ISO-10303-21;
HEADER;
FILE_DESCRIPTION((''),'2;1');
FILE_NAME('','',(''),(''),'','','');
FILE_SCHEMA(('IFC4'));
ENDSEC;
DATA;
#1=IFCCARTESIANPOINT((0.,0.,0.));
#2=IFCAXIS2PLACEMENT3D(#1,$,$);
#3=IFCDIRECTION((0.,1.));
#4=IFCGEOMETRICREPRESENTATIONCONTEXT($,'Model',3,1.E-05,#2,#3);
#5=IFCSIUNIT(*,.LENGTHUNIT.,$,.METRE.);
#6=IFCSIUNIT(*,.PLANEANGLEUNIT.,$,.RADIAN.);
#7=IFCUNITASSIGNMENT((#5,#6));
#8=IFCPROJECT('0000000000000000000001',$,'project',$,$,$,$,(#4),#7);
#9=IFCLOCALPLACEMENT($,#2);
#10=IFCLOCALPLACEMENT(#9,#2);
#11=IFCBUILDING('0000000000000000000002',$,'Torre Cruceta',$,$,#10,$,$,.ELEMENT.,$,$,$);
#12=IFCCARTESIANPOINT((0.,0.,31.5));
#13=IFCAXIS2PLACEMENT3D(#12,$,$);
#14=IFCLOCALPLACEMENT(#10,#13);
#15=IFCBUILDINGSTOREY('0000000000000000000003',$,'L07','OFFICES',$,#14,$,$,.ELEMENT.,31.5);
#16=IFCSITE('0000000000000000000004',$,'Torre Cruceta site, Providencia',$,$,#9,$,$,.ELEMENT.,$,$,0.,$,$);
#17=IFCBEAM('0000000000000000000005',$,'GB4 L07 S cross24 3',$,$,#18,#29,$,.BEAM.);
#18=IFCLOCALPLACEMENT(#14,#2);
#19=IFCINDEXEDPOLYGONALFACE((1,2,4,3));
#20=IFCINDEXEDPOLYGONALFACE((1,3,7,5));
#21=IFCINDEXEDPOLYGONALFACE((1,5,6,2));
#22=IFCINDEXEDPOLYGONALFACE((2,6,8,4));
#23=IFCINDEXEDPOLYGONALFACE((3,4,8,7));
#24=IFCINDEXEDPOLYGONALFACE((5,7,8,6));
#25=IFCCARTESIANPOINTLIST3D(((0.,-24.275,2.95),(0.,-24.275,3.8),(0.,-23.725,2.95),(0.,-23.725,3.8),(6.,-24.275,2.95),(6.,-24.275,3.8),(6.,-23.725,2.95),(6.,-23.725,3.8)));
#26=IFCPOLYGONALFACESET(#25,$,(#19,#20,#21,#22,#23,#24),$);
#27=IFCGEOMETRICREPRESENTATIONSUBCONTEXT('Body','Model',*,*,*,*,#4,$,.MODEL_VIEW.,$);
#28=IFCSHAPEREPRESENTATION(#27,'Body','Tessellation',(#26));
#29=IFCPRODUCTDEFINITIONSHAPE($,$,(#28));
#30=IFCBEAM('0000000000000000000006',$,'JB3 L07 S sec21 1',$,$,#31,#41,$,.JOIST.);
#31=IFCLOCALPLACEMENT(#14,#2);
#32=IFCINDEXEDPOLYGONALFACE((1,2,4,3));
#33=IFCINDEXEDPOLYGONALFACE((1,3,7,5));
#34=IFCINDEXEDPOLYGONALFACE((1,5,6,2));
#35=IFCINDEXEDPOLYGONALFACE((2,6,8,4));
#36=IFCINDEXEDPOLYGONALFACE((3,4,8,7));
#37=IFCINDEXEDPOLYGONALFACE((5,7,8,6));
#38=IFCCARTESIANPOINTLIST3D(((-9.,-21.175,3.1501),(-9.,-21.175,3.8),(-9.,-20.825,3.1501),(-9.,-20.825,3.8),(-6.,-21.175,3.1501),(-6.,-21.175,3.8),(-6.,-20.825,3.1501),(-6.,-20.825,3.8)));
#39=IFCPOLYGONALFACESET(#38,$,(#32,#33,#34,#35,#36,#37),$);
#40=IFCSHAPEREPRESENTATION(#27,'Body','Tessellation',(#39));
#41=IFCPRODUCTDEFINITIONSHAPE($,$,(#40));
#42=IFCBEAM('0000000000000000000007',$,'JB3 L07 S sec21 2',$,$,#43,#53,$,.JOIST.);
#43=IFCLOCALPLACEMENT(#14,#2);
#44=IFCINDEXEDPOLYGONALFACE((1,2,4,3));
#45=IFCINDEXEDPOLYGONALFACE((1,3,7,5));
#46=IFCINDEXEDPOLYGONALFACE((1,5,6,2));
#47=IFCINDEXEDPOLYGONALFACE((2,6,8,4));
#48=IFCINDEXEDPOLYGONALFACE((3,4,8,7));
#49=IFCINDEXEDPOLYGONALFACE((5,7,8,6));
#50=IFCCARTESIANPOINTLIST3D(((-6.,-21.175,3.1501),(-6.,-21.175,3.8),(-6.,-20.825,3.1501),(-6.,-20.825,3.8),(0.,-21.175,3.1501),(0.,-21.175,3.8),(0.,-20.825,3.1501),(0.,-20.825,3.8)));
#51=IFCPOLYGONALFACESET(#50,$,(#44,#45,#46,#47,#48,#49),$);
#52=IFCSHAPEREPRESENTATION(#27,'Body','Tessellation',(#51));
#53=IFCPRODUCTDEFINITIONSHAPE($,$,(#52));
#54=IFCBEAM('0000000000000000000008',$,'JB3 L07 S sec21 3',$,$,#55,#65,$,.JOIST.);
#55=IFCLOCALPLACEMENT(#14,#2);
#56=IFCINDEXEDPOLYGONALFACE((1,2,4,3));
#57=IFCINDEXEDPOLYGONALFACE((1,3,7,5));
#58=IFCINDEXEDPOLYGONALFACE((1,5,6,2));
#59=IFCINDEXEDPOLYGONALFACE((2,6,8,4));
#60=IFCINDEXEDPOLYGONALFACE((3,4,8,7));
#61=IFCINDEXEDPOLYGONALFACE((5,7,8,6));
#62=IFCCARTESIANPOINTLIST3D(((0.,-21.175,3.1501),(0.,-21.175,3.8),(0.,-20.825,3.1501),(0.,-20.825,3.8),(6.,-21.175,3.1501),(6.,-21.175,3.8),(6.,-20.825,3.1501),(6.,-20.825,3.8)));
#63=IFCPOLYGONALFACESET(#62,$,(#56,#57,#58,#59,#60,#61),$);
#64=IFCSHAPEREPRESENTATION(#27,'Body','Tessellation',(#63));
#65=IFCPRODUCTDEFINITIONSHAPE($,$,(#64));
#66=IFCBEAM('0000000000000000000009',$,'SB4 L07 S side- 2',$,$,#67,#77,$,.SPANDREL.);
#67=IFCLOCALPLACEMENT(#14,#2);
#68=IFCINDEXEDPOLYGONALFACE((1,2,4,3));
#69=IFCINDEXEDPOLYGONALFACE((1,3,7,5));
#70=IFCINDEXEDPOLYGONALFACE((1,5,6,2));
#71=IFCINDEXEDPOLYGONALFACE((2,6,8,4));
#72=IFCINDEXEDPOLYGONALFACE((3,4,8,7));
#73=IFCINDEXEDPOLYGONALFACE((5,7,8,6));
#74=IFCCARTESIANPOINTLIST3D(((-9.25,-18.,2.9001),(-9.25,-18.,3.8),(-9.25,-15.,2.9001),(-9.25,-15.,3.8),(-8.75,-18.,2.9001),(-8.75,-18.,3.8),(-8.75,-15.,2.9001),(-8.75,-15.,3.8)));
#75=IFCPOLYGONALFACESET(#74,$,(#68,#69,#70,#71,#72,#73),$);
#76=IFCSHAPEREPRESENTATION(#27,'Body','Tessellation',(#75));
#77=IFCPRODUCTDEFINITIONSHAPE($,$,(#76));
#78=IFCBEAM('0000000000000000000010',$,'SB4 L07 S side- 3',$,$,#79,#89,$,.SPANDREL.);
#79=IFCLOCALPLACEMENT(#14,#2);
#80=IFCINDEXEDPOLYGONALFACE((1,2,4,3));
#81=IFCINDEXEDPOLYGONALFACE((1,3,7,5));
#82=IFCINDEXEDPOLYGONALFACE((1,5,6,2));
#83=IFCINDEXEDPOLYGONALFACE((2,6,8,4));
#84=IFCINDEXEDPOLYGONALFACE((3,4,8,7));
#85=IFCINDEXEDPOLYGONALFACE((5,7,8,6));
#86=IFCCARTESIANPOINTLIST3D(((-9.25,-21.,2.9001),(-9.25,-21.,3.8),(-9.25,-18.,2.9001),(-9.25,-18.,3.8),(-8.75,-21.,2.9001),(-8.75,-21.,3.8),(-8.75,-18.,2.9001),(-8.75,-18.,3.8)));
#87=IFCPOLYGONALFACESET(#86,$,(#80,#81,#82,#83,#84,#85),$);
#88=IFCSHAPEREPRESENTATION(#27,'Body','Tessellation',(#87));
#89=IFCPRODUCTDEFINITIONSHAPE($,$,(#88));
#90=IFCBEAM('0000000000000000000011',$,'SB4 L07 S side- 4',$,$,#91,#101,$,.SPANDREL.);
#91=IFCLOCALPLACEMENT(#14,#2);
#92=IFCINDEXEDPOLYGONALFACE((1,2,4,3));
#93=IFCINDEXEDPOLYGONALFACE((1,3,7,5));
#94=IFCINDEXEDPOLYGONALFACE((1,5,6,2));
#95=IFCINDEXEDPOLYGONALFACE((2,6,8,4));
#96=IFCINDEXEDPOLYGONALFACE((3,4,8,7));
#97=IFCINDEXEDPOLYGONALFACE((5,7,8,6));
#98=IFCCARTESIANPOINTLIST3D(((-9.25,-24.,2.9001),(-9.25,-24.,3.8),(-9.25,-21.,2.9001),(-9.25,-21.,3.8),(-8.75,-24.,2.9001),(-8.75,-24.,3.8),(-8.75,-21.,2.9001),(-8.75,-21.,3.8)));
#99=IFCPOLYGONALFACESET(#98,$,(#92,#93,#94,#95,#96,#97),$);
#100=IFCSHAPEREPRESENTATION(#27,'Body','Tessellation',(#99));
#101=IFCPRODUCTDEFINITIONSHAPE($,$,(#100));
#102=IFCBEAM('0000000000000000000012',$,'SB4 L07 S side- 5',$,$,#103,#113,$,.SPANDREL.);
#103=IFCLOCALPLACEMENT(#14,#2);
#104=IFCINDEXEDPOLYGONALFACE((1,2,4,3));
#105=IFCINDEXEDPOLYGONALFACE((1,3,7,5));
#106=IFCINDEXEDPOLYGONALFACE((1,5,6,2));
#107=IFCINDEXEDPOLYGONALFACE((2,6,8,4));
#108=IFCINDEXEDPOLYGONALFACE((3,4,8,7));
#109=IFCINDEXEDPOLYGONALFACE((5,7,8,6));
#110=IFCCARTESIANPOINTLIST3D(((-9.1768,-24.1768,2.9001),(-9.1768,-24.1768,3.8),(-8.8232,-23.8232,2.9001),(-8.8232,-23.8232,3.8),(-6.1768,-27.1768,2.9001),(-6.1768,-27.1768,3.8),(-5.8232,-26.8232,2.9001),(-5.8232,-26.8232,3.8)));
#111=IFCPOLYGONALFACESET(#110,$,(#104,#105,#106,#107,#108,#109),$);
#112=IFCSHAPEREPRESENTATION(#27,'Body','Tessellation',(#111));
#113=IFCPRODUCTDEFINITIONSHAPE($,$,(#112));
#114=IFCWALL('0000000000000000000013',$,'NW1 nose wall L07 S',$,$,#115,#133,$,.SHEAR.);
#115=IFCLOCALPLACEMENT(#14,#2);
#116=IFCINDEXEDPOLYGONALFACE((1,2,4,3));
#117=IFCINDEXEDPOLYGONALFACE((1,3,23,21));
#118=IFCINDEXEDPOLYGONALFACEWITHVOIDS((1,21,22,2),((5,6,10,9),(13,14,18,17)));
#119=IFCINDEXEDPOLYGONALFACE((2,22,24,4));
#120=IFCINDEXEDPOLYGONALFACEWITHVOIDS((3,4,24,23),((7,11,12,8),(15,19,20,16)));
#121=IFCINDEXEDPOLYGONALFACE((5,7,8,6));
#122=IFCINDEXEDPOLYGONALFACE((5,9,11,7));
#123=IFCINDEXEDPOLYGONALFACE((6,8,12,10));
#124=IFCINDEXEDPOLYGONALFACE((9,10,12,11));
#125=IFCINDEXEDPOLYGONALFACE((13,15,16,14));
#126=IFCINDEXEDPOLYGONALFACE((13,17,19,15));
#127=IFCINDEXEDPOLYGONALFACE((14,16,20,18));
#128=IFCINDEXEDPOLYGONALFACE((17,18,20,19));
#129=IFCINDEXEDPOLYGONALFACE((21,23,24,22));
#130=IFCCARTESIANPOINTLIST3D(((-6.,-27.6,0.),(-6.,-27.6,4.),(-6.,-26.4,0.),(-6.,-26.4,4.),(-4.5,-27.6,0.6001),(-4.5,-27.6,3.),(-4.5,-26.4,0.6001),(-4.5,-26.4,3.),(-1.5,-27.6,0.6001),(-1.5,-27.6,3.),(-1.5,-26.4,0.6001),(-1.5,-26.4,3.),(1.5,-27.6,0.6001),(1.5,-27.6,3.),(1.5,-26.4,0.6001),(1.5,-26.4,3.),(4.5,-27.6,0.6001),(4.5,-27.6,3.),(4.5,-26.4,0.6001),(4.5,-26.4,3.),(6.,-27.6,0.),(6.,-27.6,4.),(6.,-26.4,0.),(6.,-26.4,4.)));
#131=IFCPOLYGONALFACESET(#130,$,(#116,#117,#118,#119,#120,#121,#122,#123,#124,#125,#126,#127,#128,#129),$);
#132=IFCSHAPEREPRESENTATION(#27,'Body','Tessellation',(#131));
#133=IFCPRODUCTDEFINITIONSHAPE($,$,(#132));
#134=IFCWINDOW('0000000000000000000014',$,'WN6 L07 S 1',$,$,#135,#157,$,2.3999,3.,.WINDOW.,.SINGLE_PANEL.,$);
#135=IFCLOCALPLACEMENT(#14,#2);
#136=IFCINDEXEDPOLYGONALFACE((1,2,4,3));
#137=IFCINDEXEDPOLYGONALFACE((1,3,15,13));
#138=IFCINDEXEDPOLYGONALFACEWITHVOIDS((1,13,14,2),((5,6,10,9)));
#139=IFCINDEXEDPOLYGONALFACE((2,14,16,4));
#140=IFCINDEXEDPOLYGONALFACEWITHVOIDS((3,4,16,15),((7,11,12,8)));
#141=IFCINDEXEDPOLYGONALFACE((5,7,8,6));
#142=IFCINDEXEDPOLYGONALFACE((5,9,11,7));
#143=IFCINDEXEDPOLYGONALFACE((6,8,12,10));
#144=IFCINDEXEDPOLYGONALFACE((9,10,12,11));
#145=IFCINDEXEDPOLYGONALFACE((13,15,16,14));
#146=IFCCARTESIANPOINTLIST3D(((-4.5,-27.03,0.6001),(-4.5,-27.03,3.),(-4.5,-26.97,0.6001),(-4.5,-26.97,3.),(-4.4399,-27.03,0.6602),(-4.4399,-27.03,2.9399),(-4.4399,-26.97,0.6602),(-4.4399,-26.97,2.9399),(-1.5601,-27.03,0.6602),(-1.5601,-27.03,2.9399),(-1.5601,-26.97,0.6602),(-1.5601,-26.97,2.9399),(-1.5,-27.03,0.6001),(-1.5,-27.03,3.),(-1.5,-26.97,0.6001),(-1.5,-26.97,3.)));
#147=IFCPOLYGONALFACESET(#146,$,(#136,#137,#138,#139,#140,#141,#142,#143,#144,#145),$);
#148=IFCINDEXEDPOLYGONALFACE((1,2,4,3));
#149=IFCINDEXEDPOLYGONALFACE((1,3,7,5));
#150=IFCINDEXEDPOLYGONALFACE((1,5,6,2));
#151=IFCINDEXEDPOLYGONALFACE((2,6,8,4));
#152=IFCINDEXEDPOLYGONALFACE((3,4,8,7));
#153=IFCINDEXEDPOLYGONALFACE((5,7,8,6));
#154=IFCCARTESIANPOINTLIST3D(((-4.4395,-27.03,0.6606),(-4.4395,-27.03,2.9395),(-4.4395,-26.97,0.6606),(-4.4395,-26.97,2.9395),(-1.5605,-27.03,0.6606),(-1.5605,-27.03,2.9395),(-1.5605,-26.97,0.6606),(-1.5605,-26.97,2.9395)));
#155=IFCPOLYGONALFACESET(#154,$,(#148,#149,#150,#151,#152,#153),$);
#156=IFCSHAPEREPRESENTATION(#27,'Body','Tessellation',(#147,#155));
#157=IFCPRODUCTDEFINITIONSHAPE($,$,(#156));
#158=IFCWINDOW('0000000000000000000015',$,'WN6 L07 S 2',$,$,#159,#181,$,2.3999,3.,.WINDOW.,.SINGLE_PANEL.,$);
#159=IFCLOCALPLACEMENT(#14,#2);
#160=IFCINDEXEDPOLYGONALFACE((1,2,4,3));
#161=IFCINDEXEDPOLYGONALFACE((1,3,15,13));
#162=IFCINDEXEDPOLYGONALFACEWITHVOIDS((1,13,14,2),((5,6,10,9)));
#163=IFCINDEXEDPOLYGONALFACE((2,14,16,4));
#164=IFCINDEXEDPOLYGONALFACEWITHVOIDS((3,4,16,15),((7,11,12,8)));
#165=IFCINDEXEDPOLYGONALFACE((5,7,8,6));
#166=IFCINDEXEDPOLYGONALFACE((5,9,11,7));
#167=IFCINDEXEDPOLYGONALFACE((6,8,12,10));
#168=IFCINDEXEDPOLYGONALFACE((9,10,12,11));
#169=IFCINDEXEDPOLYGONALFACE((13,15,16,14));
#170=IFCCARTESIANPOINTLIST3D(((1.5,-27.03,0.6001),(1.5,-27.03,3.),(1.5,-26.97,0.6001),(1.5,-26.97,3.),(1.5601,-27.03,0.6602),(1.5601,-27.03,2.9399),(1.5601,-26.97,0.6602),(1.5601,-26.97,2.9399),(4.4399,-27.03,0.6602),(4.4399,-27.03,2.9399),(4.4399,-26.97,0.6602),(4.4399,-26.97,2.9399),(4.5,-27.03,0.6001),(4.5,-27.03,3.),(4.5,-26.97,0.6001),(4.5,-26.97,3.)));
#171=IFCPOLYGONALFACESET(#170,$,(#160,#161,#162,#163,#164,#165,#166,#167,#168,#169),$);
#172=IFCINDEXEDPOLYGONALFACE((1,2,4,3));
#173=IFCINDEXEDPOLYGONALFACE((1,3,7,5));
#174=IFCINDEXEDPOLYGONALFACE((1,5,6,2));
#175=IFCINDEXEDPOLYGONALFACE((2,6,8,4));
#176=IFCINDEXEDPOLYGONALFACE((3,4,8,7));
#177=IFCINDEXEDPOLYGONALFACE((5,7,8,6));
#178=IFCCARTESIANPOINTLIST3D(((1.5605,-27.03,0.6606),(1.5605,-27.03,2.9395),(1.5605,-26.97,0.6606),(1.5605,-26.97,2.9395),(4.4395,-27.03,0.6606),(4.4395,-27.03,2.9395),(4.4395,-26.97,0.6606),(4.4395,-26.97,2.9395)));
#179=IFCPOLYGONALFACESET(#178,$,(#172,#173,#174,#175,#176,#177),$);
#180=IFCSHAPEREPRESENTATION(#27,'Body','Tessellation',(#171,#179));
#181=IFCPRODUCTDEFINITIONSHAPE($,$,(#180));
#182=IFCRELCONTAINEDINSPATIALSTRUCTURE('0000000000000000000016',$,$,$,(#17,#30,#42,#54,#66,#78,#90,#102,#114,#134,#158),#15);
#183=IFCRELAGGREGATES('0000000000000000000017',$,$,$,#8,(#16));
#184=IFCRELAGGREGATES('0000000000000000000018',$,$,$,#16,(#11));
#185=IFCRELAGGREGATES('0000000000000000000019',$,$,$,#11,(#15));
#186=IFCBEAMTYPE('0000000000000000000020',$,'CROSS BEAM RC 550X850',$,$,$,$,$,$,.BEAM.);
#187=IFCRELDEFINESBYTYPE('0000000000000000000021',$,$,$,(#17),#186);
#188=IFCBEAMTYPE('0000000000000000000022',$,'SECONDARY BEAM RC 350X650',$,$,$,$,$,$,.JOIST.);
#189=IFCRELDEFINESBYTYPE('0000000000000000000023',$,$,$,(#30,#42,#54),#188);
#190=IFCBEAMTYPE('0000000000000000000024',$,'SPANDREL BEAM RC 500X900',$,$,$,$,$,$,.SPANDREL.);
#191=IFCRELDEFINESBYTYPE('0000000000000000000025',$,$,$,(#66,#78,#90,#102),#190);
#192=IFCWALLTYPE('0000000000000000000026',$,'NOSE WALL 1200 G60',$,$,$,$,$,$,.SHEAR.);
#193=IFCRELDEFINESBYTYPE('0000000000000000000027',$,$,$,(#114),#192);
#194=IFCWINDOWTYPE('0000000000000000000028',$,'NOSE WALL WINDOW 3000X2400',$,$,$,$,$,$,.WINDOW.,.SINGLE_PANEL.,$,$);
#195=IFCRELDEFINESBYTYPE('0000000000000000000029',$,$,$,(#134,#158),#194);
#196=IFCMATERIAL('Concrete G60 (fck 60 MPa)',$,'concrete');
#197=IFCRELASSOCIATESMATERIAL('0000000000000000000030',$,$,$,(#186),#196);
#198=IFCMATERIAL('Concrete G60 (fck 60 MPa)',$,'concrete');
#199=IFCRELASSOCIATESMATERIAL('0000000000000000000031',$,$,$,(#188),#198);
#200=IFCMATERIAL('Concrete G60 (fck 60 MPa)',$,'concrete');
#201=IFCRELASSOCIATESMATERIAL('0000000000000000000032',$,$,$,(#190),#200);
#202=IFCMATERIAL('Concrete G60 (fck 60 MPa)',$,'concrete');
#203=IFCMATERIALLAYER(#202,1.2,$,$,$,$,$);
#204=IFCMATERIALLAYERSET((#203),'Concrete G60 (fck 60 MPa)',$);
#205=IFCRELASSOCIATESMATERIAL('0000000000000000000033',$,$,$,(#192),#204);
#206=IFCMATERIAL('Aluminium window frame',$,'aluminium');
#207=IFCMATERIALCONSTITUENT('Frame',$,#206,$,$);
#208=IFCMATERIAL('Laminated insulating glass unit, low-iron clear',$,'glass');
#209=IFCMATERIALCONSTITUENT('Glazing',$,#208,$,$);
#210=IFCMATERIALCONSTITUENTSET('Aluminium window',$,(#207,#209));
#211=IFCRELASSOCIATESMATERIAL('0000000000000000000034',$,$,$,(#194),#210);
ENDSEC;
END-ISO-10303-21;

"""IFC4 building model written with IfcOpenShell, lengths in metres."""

from ifc_helpers import new_model, si_unit, direction, frame, frame_2d, origin, origin_2d, place, context, subcontext, project, spatial, rectangle, hollow_rectangle, extrude, material, layer, layer_set, constituent, constituent_set, material_profile, profile_set, type_object, element, fill, save


model = new_model("IFC4")

# Units and contexts
model_context = context("Model", 3, precision=1e-05, world=origin(), true_north=direction((0.0, 1.0)))
body_context = subcontext(model_context, "Body", "Model", "MODEL_VIEW")
ifc_project = project(units=[si_unit("LENGTHUNIT", "METRE"), si_unit("PLANEANGLEUNIT", "RADIAN")], contexts=[model_context])

# Site, building, storey
site_placement = place(None, origin())
site = spatial("IfcSite", under=ifc_project, at=site_placement, Name="Torre Cruceta site, Providencia", CompositionType="ELEMENT", RefElevation=0.0)
building_placement = place(site_placement, origin())
building = spatial("IfcBuilding", under=site, at=building_placement, Name="Torre Cruceta", CompositionType="ELEMENT")
storey_placement = place(building_placement, frame((0.0, 0.0, 31.5)))
storey = spatial("IfcBuildingStorey", under=building, at=storey_placement, Name="L07", Description="OFFICES", CompositionType="ELEMENT", Elevation=31.5)

# Beams
ifc_material_1 = material(Name="Concrete G60 (fck 60 MPa)", Category="concrete")
ifc_material_profile_1 = material_profile(ifc_material_1, rectangle(XDim=0.55, YDim=0.8501, at=origin_2d()), Name="RC 550X850")
ifc_profile_set_1 = profile_set([ifc_material_profile_1], Name="Concrete G60 (fck 60 MPa)")
beam_type_1 = type_object("IfcBeamType", Name="CROSS BEAM RC 550X850", PredefinedType="BEAM", material=ifc_profile_set_1)
for number, where, z_axis, x_axis, name in (
    (1, (0.0, -24.0, 3.375), (1.0, 0.0, 0.0), (0.0, 1.0, 0.0), "GB4 L07 S cross24 3"),
):
    element("IfcBeam", number, at=place(storey_placement, frame(where, z_axis=z_axis, x_axis=x_axis)), inside=storey, type_object=beam_type_1, Name=name, PredefinedType="BEAM", context=body_context, shape_type="SweptSolid", body=[
        extrude(rectangle(XDim=0.55, YDim=0.8501, at=origin_2d()), origin(), (0.0, 0.0, 1.0), 6.0),
    ])
ifc_material_2 = material(Name="Concrete G60 (fck 60 MPa)", Category="concrete")
ifc_material_profile_2 = material_profile(ifc_material_2, rectangle(XDim=0.3501, YDim=0.6499, at=origin_2d()), Name="RC 350X650")
ifc_profile_set_2 = profile_set([ifc_material_profile_2], Name="Concrete G60 (fck 60 MPa)")
beam_type_2 = type_object("IfcBeamType", Name="SECONDARY BEAM RC 350X650", PredefinedType="JOIST", material=ifc_profile_set_2)
beam_1_placement = place(storey_placement, frame((-9.0, -21.0, 3.4751), z_axis=(1.0, 0.0, 0.0), x_axis=(0.0, 1.0, 0.0)))
element("IfcBeam", 2, at=beam_1_placement, inside=storey, type_object=beam_type_2, Name="JB3 L07 S sec21 1", PredefinedType="JOIST", context=body_context, shape_type="SweptSolid", body=[
    extrude(rectangle(XDim=0.3501, YDim=0.6499, at=origin_2d()), origin(), (0.0, 0.0, 1.0), 3.0),
])
for number, where, z_axis, x_axis, name in (
    (3, (-6.0, -21.0, 3.4751), (1.0, 0.0, 0.0), (0.0, 1.0, 0.0), "JB3 L07 S sec21 2"),
    (4, (0.0, -21.0, 3.4751), (1.0, 0.0, 0.0), (0.0, 1.0, 0.0), "JB3 L07 S sec21 3"),
):
    element("IfcBeam", number, at=place(storey_placement, frame(where, z_axis=z_axis, x_axis=x_axis)), inside=storey, type_object=beam_type_2, Name=name, PredefinedType="JOIST", context=body_context, shape_type="SweptSolid", body=[
        extrude(rectangle(XDim=0.3501, YDim=0.6499, at=origin_2d()), origin(), (0.0, 0.0, 1.0), 6.0),
    ])
ifc_material_3 = material(Name="Concrete G60 (fck 60 MPa)", Category="concrete")
ifc_material_profile_3 = material_profile(ifc_material_3, rectangle(XDim=0.5, YDim=0.8999, at=origin_2d()), Name="RC 500X900")
ifc_profile_set_3 = profile_set([ifc_material_profile_3], Name="Concrete G60 (fck 60 MPa)")
beam_type_3 = type_object("IfcBeamType", Name="SPANDREL BEAM RC 500X900", PredefinedType="SPANDREL", material=ifc_profile_set_3)
for number, where, z_axis, x_axis, name in (
    (5, (-9.0, -15.0, 3.3501), (0.0, -1.0, 0.0), (1.0, 0.0, 0.0), "SB4 L07 S side- 2"),
    (6, (-9.0, -18.0, 3.3501), (0.0, -1.0, 0.0), (1.0, 0.0, 0.0), "SB4 L07 S side- 3"),
    (7, (-9.0, -21.0, 3.3501), (0.0, -1.0, 0.0), (1.0, 0.0, 0.0), "SB4 L07 S side- 4"),
):
    element("IfcBeam", number, at=place(storey_placement, frame(where, z_axis=z_axis, x_axis=x_axis)), inside=storey, type_object=beam_type_3, Name=name, PredefinedType="SPANDREL", context=body_context, shape_type="SweptSolid", body=[
        extrude(rectangle(XDim=0.5, YDim=0.8999, at=origin_2d()), origin(), (0.0, 0.0, 1.0), 3.0),
    ])
beam_2_placement = place(storey_placement, frame((-9.0, -24.0, 3.3501), z_axis=(0.707107, -0.707107, 0.0), x_axis=(0.707107, 0.707107, 0.0)))
element("IfcBeam", 8, at=beam_2_placement, inside=storey, type_object=beam_type_3, Name="SB4 L07 S side- 5", PredefinedType="SPANDREL", context=body_context, shape_type="SweptSolid", body=[
    extrude(rectangle(XDim=0.5, YDim=0.8999, at=origin_2d()), origin(), (0.0, 0.0, 1.0), 4.2427),
])

# Wall, openings, windows
ifc_material_4 = material(Name="Concrete G60 (fck 60 MPa)", Category="concrete")
ifc_layer_1 = layer(ifc_material_4, 1.2)
ifc_layer_set_1 = layer_set([ifc_layer_1], Name="Concrete G60 (fck 60 MPa)")
wall_type_1 = type_object("IfcWallType", Name="NOSE WALL 1200 G60", PredefinedType="SHEAR", material=ifc_layer_set_1)
wall_1_placement = place(storey_placement, frame((-6.0, -27.0, 0.0), z_axis=(0.0, 0.0, 1.0), x_axis=(1.0, 0.0, 0.0)))
wall_1 = element("IfcWall", 9, at=wall_1_placement, inside=storey, type_object=wall_type_1, Name="NW1 nose wall L07 S", PredefinedType="SHEAR", context=body_context, shape_type="SweptSolid", body=[
    extrude(rectangle(XDim=12.0, YDim=1.2, at=frame_2d((6.0, 0.0))), origin(), (0.0, 0.0, 1.0), 4.0),
])
opening_1_placement = place(wall_1_placement, frame((1.5, 0.0, 0.6001)))
opening_1 = element("IfcOpeningElement", 10, at=opening_1_placement, cuts=wall_1, PredefinedType="OPENING", context=body_context, shape_type="SweptSolid", body=[
    extrude(rectangle(XDim=3.0, YDim=2.3999, at=frame_2d((1.5, 1.2))), frame((0.0, 0.6099, 0.0), z_axis=(0.0, -1.0, 0.0), x_axis=(1.0, 0.0, 0.0)), (0.0, 0.0, 1.0), 1.22),
])
opening_2_placement = place(wall_1_placement, frame((7.5, 0.0, 0.6001)))
opening_2 = element("IfcOpeningElement", 11, at=opening_2_placement, cuts=wall_1, PredefinedType="OPENING", context=body_context, shape_type="SweptSolid", body=[
    extrude(rectangle(XDim=3.0, YDim=2.3999, at=frame_2d((1.5, 1.2))), frame((0.0, 0.6099, 0.0), z_axis=(0.0, -1.0, 0.0), x_axis=(1.0, 0.0, 0.0)), (0.0, 0.0, 1.0), 1.22),
])
ifc_material_5 = material(Name="Aluminium window frame", Category="aluminium")
ifc_constituent_1 = constituent(ifc_material_5, Name="Frame")
ifc_material_6 = material(Name="Laminated insulating glass unit, low-iron clear", Category="glass")
ifc_constituent_2 = constituent(ifc_material_6, Name="Glazing")
ifc_constituent_set_1 = constituent_set(constituents=[ifc_constituent_1, ifc_constituent_2], Name="Aluminium window")
window_type = type_object("IfcWindowType", Name="NOSE WALL WINDOW 3000X2400", PartitioningType="SINGLE_PANEL", PredefinedType="WINDOW", material=ifc_constituent_set_1)
window_1_placement = place(opening_1_placement, origin())
window_1 = element("IfcWindow", 12, at=window_1_placement, inside=storey, type_object=window_type, Name="WN6 L07 S 1", OverallHeight=2.3999, OverallWidth=3.0, PartitioningType="SINGLE_PANEL", PredefinedType="WINDOW", context=body_context, shape_type="SweptSolid", body=[
    extrude(hollow_rectangle(XDim=3.0, YDim=2.3999, WallThickness=0.0601, at=frame_2d((1.5, 1.2))), frame((0.0, 0.03, 0.0), z_axis=(0.0, -1.0, 0.0), x_axis=(1.0, 0.0, 0.0)), (0.0, 0.0, 1.0), 0.0601),
    extrude(rectangle(XDim=2.8789, YDim=2.2788, at=frame_2d((1.5, 1.2))), frame((0.0, 0.03, 0.0), z_axis=(0.0, -1.0, 0.0), x_axis=(1.0, 0.0, 0.0)), (0.0, 0.0, 1.0), 0.0601),
])
fill(opening_1, window_1)
window_2_placement = place(opening_2_placement, origin())
window_2 = element("IfcWindow", 13, at=window_2_placement, inside=storey, type_object=window_type, Name="WN6 L07 S 2", OverallHeight=2.3999, OverallWidth=3.0, PartitioningType="SINGLE_PANEL", PredefinedType="WINDOW", context=body_context, shape_type="SweptSolid", body=[
    extrude(hollow_rectangle(XDim=3.0, YDim=2.3999, WallThickness=0.0601, at=frame_2d((1.5, 1.2))), frame((0.0, 0.03, 0.0), z_axis=(0.0, -1.0, 0.0), x_axis=(1.0, 0.0, 0.0)), (0.0, 0.0, 1.0), 0.0601),
    extrude(rectangle(XDim=2.8789, YDim=2.2788, at=frame_2d((1.5, 1.2))), frame((0.0, 0.03, 0.0), z_axis=(0.0, -1.0, 0.0), x_axis=(1.0, 0.0, 0.0)), (0.0, 0.0, 1.0), 0.0601),
])
fill(opening_2, window_2)

save(model, "model.ifc")
